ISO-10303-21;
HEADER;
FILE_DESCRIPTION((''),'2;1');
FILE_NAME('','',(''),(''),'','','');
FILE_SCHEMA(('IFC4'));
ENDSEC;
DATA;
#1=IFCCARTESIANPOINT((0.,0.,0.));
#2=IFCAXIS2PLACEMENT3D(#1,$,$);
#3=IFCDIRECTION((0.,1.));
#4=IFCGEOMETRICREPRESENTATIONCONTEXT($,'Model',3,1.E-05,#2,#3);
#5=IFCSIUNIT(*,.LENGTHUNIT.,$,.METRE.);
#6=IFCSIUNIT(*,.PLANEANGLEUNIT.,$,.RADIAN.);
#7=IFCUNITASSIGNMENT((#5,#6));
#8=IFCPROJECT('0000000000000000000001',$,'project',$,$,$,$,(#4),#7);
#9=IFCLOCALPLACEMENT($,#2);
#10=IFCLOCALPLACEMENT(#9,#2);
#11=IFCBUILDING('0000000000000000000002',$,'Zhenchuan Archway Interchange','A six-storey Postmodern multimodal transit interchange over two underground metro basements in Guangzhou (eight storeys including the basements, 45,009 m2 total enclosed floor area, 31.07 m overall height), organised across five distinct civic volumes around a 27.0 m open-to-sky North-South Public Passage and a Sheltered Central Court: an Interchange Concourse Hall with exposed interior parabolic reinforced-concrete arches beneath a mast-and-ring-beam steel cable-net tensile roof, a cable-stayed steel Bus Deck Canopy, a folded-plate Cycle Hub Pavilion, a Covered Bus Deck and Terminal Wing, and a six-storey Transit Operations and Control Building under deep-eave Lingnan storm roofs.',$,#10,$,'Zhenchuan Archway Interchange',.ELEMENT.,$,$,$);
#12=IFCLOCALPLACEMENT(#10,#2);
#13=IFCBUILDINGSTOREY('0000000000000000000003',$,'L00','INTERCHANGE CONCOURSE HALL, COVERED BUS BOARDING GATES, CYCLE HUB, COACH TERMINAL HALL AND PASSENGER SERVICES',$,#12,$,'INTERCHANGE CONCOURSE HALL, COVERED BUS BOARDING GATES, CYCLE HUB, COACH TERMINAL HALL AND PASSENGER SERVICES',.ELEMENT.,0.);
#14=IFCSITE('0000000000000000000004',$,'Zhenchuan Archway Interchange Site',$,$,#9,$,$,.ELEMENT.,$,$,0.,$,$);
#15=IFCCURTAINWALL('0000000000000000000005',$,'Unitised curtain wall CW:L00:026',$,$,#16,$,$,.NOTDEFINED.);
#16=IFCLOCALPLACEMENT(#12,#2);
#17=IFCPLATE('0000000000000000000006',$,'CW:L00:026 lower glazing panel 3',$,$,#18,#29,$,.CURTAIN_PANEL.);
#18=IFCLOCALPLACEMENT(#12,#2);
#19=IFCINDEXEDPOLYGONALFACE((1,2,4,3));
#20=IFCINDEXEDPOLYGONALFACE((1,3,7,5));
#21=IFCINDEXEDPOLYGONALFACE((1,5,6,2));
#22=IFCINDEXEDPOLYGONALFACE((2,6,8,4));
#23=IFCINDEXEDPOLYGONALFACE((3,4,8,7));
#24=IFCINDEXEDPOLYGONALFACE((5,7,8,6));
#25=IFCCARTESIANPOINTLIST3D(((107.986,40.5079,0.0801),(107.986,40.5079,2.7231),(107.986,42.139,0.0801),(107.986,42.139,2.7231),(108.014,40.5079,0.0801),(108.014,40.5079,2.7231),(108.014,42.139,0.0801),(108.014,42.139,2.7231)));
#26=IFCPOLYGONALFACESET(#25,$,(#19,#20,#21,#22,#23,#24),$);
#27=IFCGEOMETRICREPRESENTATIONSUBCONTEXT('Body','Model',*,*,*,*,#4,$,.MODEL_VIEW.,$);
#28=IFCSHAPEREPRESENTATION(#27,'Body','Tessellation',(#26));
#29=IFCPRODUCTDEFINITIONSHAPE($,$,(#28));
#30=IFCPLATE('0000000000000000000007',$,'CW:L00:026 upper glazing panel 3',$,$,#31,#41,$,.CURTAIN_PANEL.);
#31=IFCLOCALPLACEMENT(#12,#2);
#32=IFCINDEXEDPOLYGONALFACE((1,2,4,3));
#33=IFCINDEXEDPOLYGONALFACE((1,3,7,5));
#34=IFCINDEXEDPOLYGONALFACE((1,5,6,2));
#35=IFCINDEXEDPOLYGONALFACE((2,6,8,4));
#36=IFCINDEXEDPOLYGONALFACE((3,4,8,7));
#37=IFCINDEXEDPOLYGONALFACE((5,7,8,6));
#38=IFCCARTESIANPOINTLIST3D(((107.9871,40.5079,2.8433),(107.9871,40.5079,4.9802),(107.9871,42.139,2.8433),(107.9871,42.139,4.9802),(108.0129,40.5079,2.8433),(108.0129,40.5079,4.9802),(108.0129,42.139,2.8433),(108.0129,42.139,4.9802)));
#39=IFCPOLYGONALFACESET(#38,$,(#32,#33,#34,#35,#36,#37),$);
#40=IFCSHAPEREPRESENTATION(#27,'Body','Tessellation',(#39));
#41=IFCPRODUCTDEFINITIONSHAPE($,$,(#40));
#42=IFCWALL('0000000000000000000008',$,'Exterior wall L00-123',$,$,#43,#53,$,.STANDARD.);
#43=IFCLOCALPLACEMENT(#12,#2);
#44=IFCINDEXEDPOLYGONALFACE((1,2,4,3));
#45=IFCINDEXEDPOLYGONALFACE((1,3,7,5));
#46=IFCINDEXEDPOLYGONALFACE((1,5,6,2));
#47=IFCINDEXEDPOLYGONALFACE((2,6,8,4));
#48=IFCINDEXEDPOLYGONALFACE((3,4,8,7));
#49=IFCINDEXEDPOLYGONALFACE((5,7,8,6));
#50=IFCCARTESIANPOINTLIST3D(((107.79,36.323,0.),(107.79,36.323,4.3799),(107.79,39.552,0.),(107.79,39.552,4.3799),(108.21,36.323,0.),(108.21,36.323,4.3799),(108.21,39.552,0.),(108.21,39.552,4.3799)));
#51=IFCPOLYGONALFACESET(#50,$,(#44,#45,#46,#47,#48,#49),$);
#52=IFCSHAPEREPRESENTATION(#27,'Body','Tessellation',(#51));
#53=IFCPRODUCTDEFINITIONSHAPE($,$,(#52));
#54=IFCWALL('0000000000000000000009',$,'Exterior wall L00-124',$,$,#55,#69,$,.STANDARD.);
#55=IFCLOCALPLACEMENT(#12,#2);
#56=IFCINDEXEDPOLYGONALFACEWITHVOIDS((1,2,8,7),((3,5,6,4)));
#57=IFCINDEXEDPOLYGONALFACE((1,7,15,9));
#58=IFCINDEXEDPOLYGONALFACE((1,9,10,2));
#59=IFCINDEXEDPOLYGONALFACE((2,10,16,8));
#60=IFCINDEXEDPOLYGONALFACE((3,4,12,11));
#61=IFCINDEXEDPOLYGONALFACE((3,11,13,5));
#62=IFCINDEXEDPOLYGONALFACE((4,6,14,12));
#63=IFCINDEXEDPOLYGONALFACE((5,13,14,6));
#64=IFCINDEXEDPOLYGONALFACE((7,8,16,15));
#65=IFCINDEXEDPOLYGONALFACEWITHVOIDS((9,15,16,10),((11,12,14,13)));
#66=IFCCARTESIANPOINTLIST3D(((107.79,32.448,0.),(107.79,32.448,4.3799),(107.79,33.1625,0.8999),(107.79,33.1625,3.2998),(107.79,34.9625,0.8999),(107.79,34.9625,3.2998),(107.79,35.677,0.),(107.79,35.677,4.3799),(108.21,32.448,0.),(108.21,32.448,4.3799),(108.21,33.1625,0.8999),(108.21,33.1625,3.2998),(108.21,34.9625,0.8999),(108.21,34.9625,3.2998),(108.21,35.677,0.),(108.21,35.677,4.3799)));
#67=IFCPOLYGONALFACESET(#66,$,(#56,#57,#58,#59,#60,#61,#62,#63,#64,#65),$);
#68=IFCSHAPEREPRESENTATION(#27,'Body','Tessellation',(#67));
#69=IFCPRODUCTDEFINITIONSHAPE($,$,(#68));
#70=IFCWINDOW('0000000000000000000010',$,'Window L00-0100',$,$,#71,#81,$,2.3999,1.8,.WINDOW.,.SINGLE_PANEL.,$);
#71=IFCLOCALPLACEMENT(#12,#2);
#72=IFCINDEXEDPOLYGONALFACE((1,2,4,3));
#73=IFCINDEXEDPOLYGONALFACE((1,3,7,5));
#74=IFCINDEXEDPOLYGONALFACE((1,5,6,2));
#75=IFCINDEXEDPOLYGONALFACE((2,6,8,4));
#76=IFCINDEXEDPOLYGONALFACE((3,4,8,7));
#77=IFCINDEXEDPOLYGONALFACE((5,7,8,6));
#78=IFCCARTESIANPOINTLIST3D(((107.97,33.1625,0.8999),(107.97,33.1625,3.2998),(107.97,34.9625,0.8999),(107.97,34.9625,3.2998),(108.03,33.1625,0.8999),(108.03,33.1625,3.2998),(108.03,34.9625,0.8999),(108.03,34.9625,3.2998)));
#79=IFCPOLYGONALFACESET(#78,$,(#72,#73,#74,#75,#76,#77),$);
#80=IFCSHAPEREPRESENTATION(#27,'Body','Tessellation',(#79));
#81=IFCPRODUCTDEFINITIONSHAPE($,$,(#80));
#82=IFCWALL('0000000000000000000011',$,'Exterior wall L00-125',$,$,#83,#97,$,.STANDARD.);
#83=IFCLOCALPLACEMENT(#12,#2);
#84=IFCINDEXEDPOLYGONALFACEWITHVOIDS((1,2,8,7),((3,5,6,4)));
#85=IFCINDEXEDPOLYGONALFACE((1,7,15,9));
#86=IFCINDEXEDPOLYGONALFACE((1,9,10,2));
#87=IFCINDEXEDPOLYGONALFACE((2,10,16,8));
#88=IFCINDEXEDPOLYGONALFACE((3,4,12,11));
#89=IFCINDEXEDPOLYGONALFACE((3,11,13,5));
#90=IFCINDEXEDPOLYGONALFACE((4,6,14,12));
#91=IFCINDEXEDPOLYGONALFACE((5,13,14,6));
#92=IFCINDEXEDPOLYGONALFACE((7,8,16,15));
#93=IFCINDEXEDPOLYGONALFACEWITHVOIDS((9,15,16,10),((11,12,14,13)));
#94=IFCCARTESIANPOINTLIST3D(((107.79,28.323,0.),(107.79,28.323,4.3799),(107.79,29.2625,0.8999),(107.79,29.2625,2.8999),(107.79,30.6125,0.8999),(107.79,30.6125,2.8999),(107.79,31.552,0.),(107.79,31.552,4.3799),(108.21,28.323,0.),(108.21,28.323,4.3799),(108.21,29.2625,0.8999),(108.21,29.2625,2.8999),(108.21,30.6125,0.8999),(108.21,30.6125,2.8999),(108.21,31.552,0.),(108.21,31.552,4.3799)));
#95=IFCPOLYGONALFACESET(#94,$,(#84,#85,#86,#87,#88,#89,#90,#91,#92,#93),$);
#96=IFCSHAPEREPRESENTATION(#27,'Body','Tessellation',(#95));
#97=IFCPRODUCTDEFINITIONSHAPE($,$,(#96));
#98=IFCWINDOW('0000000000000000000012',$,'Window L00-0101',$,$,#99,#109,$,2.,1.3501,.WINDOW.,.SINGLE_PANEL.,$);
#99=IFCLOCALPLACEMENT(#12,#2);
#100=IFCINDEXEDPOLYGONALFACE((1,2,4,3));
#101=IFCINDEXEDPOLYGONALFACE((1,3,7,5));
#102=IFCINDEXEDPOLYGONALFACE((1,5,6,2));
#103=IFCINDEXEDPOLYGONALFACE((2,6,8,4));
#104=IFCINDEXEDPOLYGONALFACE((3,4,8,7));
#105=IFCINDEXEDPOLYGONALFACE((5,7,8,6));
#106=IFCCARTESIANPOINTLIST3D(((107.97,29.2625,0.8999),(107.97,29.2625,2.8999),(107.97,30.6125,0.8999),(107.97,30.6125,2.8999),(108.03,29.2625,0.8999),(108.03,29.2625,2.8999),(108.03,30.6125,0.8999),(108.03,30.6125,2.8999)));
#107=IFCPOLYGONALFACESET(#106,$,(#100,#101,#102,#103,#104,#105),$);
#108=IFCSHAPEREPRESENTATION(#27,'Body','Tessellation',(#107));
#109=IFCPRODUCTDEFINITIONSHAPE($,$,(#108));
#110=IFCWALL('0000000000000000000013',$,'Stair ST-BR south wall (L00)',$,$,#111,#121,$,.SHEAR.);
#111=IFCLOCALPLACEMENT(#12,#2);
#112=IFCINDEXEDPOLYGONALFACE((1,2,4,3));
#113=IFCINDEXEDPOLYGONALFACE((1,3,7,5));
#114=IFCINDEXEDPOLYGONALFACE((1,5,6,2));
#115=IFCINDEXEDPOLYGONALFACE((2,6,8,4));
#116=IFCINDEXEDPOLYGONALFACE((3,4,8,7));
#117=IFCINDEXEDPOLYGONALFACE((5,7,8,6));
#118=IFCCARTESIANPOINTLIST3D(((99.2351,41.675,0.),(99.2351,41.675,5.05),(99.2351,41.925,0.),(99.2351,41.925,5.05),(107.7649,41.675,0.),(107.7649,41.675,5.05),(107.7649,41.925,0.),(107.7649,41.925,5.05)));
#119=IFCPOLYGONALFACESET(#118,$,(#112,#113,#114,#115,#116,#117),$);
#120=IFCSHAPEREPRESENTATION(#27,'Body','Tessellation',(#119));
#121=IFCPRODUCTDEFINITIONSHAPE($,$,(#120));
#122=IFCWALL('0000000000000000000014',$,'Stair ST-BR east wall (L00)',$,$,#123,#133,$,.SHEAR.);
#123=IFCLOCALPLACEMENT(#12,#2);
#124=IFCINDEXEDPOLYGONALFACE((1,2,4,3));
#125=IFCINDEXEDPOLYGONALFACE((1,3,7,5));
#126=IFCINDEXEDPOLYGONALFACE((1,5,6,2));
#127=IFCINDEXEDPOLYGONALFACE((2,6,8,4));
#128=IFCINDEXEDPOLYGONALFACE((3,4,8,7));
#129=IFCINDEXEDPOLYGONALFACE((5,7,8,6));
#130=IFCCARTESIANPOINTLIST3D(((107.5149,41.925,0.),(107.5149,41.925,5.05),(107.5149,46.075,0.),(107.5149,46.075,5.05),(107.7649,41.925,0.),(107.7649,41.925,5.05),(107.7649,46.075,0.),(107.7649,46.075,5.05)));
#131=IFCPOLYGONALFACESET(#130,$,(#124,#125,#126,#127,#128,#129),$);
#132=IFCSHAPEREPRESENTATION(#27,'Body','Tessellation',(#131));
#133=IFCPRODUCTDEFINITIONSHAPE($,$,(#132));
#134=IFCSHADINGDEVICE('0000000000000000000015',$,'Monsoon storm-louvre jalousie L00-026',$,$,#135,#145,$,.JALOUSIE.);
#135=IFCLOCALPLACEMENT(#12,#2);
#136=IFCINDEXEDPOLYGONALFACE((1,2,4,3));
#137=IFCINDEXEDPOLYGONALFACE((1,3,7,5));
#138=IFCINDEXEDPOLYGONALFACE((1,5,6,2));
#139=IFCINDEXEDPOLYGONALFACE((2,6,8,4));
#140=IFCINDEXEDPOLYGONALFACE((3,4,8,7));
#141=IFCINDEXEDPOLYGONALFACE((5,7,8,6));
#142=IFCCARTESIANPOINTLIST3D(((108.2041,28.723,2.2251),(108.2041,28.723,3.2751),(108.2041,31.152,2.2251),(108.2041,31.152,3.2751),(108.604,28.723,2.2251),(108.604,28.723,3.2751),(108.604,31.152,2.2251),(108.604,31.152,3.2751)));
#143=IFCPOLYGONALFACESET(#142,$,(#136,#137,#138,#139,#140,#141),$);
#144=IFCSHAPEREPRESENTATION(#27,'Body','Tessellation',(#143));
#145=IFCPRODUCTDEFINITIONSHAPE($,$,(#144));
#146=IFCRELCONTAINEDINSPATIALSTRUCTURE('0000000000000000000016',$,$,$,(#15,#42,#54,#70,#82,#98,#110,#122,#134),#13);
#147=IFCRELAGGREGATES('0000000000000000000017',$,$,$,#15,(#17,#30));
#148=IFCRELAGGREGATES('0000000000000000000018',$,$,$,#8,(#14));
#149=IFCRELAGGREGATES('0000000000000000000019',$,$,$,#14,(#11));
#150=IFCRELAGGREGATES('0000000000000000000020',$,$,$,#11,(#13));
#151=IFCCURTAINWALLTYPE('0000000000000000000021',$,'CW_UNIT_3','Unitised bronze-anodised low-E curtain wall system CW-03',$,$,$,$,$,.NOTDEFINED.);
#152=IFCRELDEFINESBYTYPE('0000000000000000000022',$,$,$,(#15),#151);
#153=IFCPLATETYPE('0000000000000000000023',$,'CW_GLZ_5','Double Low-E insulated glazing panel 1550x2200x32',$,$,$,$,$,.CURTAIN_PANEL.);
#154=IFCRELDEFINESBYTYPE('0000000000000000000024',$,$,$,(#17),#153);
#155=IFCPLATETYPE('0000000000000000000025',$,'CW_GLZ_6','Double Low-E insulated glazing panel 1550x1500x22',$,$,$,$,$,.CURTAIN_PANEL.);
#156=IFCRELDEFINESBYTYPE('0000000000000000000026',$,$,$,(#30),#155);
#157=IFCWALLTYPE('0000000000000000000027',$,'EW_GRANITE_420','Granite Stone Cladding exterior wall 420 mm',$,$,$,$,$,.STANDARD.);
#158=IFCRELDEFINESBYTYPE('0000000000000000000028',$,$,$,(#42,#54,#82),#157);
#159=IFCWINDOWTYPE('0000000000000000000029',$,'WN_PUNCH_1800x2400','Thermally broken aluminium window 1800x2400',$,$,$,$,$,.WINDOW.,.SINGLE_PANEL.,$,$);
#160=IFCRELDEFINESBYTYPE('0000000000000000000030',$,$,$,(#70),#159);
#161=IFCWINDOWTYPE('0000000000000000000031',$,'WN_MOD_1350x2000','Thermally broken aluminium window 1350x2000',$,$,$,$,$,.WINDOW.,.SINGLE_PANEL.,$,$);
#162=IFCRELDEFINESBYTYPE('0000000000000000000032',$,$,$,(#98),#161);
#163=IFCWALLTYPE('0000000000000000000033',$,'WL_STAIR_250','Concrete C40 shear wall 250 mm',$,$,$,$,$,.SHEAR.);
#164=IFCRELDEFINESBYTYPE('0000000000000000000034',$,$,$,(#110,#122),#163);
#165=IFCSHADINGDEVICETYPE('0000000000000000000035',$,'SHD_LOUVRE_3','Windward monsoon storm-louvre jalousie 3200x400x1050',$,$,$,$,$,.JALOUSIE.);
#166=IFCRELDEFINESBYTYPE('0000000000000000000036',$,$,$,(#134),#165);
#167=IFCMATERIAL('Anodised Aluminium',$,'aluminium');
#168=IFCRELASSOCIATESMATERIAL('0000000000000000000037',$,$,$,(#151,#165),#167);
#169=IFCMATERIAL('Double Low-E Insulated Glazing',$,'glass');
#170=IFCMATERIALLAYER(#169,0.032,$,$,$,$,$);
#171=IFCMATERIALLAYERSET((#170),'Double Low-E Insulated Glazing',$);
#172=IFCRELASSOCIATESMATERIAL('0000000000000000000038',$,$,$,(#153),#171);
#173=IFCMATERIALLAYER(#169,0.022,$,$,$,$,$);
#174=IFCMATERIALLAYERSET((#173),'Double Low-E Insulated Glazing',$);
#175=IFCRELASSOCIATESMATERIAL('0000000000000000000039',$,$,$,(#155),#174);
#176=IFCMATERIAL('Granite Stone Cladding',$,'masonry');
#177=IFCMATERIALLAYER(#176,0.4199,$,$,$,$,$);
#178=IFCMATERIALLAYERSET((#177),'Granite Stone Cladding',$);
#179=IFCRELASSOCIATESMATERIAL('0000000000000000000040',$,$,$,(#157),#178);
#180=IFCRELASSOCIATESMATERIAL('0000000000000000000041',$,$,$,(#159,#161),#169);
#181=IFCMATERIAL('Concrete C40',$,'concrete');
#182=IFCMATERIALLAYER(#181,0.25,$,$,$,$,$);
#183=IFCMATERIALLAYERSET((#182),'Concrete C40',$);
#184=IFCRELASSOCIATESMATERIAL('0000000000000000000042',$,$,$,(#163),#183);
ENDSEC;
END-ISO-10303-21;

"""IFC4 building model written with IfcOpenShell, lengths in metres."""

from ifc_helpers import new_model, si_unit, direction, frame, frame_2d, origin, origin_2d, place, context, subcontext, project, spatial, rectangle, extrude, material, layer, layer_set, type_object, element, fill, aggregate, save


model = new_model("IFC4")

# Units and contexts
model_context = context("Model", 3, precision=1e-05, world=origin(), true_north=direction((0.0, 1.0)))
body_context = subcontext(model_context, "Body", "Model", "MODEL_VIEW")
ifc_project = project(units=[si_unit("LENGTHUNIT", "METRE"), si_unit("PLANEANGLEUNIT", "RADIAN")], contexts=[model_context])

# Site, building, storey
site_placement = place(None, origin())
site = spatial("IfcSite", under=ifc_project, at=site_placement, Name="Zhenchuan Archway Interchange Site", CompositionType="ELEMENT", RefElevation=0.0)
building_placement = place(site_placement, origin())
building = spatial("IfcBuilding", under=site, at=building_placement, Name="Zhenchuan Archway Interchange", Description="A six-storey Postmodern multimodal transit interchange over two underground metro basements in Guangzhou (eight storeys including the basements, 45,009 m2 total enclosed floor area, 31.07 m overall height), organised across five distinct civic volumes around a 27.0 m open-to-sky North-South Public Passage and a Sheltered Central Court: an Interchange Concourse Hall with exposed interior parabolic reinforced-concrete arches beneath a mast-and-ring-beam steel cable-net tensile roof, a cable-stayed steel Bus Deck Canopy, a folded-plate Cycle Hub Pavilion, a Covered Bus Deck and Terminal Wing, and a six-storey Transit Operations and Control Building under deep-eave Lingnan storm roofs.", LongName="Zhenchuan Archway Interchange", CompositionType="ELEMENT")
storey_placement = place(building_placement, origin())
storey = spatial("IfcBuildingStorey", under=building, at=storey_placement, Name="L00", Description="INTERCHANGE CONCOURSE HALL, COVERED BUS BOARDING GATES, CYCLE HUB, COACH TERMINAL HALL AND PASSENGER SERVICES", LongName="INTERCHANGE CONCOURSE HALL, COVERED BUS BOARDING GATES, CYCLE HUB, COACH TERMINAL HALL AND PASSENGER SERVICES", CompositionType="ELEMENT", Elevation=0.0)

# Shared definitions
ifc_material_1 = material(Name="Concrete C40", Category="concrete")

# Curtain wall
ifc_material_2 = material(Name="Anodised Aluminium", Category="aluminium")
curtain_wall_type = type_object("IfcCurtainWallType", Name="CW_UNIT_3", Description="Unitised bronze-anodised low-E curtain wall system CW-03", PredefinedType="NOTDEFINED", material=ifc_material_2)
curtain_wall_placement = place(storey_placement, origin())
curtain_wall = element("IfcCurtainWall", 1, at=curtain_wall_placement, inside=storey, type_object=curtain_wall_type, Name="Unitised curtain wall CW:L00:026", PredefinedType="NOTDEFINED")

# Plates
ifc_material_3 = material(Name="Double Low-E Insulated Glazing", Category="glass")
ifc_layer_1 = layer(ifc_material_3, 0.032)
ifc_layer_set_1 = layer_set([ifc_layer_1], Name="Double Low-E Insulated Glazing")
plate_type_1 = type_object("IfcPlateType", Name="CW_GLZ_5", Description="Double Low-E insulated glazing panel 1550x2200x32", PredefinedType="CURTAIN_PANEL", material=ifc_layer_set_1)
plate_1_placement = place(storey_placement, frame((108.0, 41.3235, 0.0801), z_axis=(0.0, 0.0, 1.0), x_axis=(0.0, -1.0, 0.0)))
plate_1 = element("IfcPlate", 2, at=plate_1_placement, type_object=plate_type_1, Name="CW:L00:026 lower glazing panel 3", PredefinedType="CURTAIN_PANEL", context=body_context, shape_type="SweptSolid", body=[
    extrude(rectangle(XDim=1.6311, YDim=0.0281, at=origin_2d()), origin(), (0.0, 0.0, 1.0), 2.6431),
])
ifc_layer_2 = layer(ifc_material_3, 0.022)
ifc_layer_set_2 = layer_set([ifc_layer_2], Name="Double Low-E Insulated Glazing")
plate_type_2 = type_object("IfcPlateType", Name="CW_GLZ_6", Description="Double Low-E insulated glazing panel 1550x1500x22", PredefinedType="CURTAIN_PANEL", material=ifc_layer_set_2)
plate_2_placement = place(storey_placement, frame((108.0, 41.3235, 2.8433), z_axis=(0.0, 0.0, 1.0), x_axis=(0.0, -1.0, 0.0)))
plate_2 = element("IfcPlate", 3, at=plate_2_placement, type_object=plate_type_2, Name="CW:L00:026 upper glazing panel 3", PredefinedType="CURTAIN_PANEL", context=body_context, shape_type="SweptSolid", body=[
    extrude(rectangle(XDim=1.6311, YDim=0.0259, at=origin_2d()), origin(), (0.0, 0.0, 1.0), 2.137),
])
aggregate(curtain_wall, [plate_1, plate_2])

# Wall
ifc_material_4 = material(Name="Granite Stone Cladding", Category="masonry")
ifc_layer_3 = layer(ifc_material_4, 0.4199)
ifc_layer_set_3 = layer_set([ifc_layer_3], Name="Granite Stone Cladding")
wall_type_1 = type_object("IfcWallType", Name="EW_GRANITE_420", Description="Granite Stone Cladding exterior wall 420 mm", PredefinedType="STANDARD", material=ifc_layer_set_3)
wall_1_placement = place(storey_placement, frame((108.0, 39.552, 0.0), z_axis=(0.0, 0.0, 1.0), x_axis=(0.0, -1.0, 0.0)))
element("IfcWall", 4, at=wall_1_placement, inside=storey, type_object=wall_type_1, Name="Exterior wall L00-123", PredefinedType="STANDARD", context=body_context, shape_type="SweptSolid", body=[
    extrude(rectangle(XDim=3.229, YDim=0.4199, at=frame_2d((1.6145, 0.0))), origin(), (0.0, 0.0, 1.0), 4.3799),
])

# Walls, openings, windows
wall_2_placement = place(storey_placement, frame((108.0, 35.677, 0.0), z_axis=(0.0, 0.0, 1.0), x_axis=(0.0, -1.0, 0.0)))
wall_2 = element("IfcWall", 5, at=wall_2_placement, inside=storey, type_object=wall_type_1, Name="Exterior wall L00-124", PredefinedType="STANDARD", context=body_context, shape_type="SweptSolid", body=[
    extrude(rectangle(XDim=3.229, YDim=0.4199, at=frame_2d((1.6145, 0.0))), origin(), (0.0, 0.0, 1.0), 4.3799),
])
opening_1_placement = place(wall_2_placement, frame((0.7146, 0.0, 0.8999)))
opening_1 = element("IfcOpeningElement", 6, at=opening_1_placement, cuts=wall_2, PredefinedType="OPENING", context=body_context, shape_type="SweptSolid", body=[
    extrude(rectangle(XDim=1.8, YDim=2.3999, at=frame_2d((0.8999, 1.2))), frame((0.0, 0.2219, 0.0), z_axis=(0.0, -1.0, 0.0), x_axis=(1.0, 0.0, 0.0)), (0.0, 0.0, 1.0), 0.4438),
])
window_type_1 = type_object("IfcWindowType", Name="WN_PUNCH_1800x2400", Description="Thermally broken aluminium window 1800x2400", PartitioningType="SINGLE_PANEL", PredefinedType="WINDOW", material=ifc_material_3)
window_1_placement = place(opening_1_placement, origin())
window_1 = element("IfcWindow", 7, at=window_1_placement, inside=storey, type_object=window_type_1, Name="Window L00-0100", OverallHeight=2.3999, OverallWidth=1.8, PartitioningType="SINGLE_PANEL", PredefinedType="WINDOW", context=body_context, shape_type="SweptSolid", body=[
    extrude(rectangle(XDim=1.8, YDim=2.3999, at=frame_2d((0.8999, 1.2))), frame((0.0, 0.03, 0.0), z_axis=(0.0, -1.0, 0.0), x_axis=(1.0, 0.0, 0.0)), (0.0, 0.0, 1.0), 0.0601),
])
fill(opening_1, window_1)
wall_3_placement = place(storey_placement, frame((108.0, 31.552, 0.0), z_axis=(0.0, 0.0, 1.0), x_axis=(0.0, -1.0, 0.0)))
wall_3 = element("IfcWall", 8, at=wall_3_placement, inside=storey, type_object=wall_type_1, Name="Exterior wall L00-125", PredefinedType="STANDARD", context=body_context, shape_type="SweptSolid", body=[
    extrude(rectangle(XDim=3.229, YDim=0.4199, at=frame_2d((1.6145, 0.0))), origin(), (0.0, 0.0, 1.0), 4.3799),
])
opening_2_placement = place(wall_3_placement, frame((0.9395, 0.0, 0.8999)))
opening_2 = element("IfcOpeningElement", 9, at=opening_2_placement, cuts=wall_3, PredefinedType="OPENING", context=body_context, shape_type="SweptSolid", body=[
    extrude(rectangle(XDim=1.3501, YDim=2.0, at=frame_2d((0.675, 1.0))), frame((0.0, 0.2219, 0.0), z_axis=(0.0, -1.0, 0.0), x_axis=(1.0, 0.0, 0.0)), (0.0, 0.0, 1.0), 0.4438),
])
window_type_2 = type_object("IfcWindowType", Name="WN_MOD_1350x2000", Description="Thermally broken aluminium window 1350x2000", PartitioningType="SINGLE_PANEL", PredefinedType="WINDOW", material=ifc_material_3)
window_2_placement = place(opening_2_placement, origin())
window_2 = element("IfcWindow", 10, at=window_2_placement, inside=storey, type_object=window_type_2, Name="Window L00-0101", OverallHeight=2.0, OverallWidth=1.3501, PartitioningType="SINGLE_PANEL", PredefinedType="WINDOW", context=body_context, shape_type="SweptSolid", body=[
    extrude(rectangle(XDim=1.3501, YDim=2.0, at=frame_2d((0.675, 1.0))), frame((0.0, 0.03, 0.0), z_axis=(0.0, -1.0, 0.0), x_axis=(1.0, 0.0, 0.0)), (0.0, 0.0, 1.0), 0.0601),
])
fill(opening_2, window_2)

# Walls
ifc_layer_4 = layer(ifc_material_1, 0.25)
ifc_layer_set_4 = layer_set([ifc_layer_4], Name="Concrete C40")
wall_type_2 = type_object("IfcWallType", Name="WL_STAIR_250", Description="Concrete C40 shear wall 250 mm", PredefinedType="SHEAR", material=ifc_layer_set_4)
wall_4_placement = place(storey_placement, frame((99.2351, 41.8, 0.0), z_axis=(0.0, 0.0, 1.0), x_axis=(1.0, 0.0, 0.0)))
element("IfcWall", 11, at=wall_4_placement, inside=storey, type_object=wall_type_2, Name="Stair ST-BR south wall (L00)", PredefinedType="SHEAR", context=body_context, shape_type="SweptSolid", body=[
    extrude(rectangle(XDim=8.5298, YDim=0.25, at=frame_2d((4.2649, 0.0))), origin(), (0.0, 0.0, 1.0), 5.05),
])
wall_5_placement = place(storey_placement, frame((107.6399, 41.925, 0.0), z_axis=(0.0, 0.0, 1.0), x_axis=(0.0, 1.0, 0.0)))
element("IfcWall", 12, at=wall_5_placement, inside=storey, type_object=wall_type_2, Name="Stair ST-BR east wall (L00)", PredefinedType="SHEAR", context=body_context, shape_type="SweptSolid", body=[
    extrude(rectangle(XDim=4.1499, YDim=0.25, at=frame_2d((2.075, 0.0))), origin(), (0.0, 0.0, 1.0), 5.05),
])

# Shading device
shading_device_type = type_object("IfcShadingDeviceType", Name="SHD_LOUVRE_3", Description="Windward monsoon storm-louvre jalousie 3200x400x1050", PredefinedType="JALOUSIE", material=ifc_material_2)
shading_device_placement = place(storey_placement, frame((108.4041, 29.9375, 2.2251), z_axis=(0.0, 0.0, 1.0), x_axis=(0.0, -1.0, 0.0)))
element("IfcShadingDevice", 13, at=shading_device_placement, inside=storey, type_object=shading_device_type, Name="Monsoon storm-louvre jalousie L00-026", PredefinedType="JALOUSIE", context=body_context, shape_type="SweptSolid", body=[
    extrude(rectangle(XDim=2.429, YDim=0.3999, at=origin_2d()), origin(), (0.0, 0.0, 1.0), 1.05),
])

save(model, "model.ifc")
